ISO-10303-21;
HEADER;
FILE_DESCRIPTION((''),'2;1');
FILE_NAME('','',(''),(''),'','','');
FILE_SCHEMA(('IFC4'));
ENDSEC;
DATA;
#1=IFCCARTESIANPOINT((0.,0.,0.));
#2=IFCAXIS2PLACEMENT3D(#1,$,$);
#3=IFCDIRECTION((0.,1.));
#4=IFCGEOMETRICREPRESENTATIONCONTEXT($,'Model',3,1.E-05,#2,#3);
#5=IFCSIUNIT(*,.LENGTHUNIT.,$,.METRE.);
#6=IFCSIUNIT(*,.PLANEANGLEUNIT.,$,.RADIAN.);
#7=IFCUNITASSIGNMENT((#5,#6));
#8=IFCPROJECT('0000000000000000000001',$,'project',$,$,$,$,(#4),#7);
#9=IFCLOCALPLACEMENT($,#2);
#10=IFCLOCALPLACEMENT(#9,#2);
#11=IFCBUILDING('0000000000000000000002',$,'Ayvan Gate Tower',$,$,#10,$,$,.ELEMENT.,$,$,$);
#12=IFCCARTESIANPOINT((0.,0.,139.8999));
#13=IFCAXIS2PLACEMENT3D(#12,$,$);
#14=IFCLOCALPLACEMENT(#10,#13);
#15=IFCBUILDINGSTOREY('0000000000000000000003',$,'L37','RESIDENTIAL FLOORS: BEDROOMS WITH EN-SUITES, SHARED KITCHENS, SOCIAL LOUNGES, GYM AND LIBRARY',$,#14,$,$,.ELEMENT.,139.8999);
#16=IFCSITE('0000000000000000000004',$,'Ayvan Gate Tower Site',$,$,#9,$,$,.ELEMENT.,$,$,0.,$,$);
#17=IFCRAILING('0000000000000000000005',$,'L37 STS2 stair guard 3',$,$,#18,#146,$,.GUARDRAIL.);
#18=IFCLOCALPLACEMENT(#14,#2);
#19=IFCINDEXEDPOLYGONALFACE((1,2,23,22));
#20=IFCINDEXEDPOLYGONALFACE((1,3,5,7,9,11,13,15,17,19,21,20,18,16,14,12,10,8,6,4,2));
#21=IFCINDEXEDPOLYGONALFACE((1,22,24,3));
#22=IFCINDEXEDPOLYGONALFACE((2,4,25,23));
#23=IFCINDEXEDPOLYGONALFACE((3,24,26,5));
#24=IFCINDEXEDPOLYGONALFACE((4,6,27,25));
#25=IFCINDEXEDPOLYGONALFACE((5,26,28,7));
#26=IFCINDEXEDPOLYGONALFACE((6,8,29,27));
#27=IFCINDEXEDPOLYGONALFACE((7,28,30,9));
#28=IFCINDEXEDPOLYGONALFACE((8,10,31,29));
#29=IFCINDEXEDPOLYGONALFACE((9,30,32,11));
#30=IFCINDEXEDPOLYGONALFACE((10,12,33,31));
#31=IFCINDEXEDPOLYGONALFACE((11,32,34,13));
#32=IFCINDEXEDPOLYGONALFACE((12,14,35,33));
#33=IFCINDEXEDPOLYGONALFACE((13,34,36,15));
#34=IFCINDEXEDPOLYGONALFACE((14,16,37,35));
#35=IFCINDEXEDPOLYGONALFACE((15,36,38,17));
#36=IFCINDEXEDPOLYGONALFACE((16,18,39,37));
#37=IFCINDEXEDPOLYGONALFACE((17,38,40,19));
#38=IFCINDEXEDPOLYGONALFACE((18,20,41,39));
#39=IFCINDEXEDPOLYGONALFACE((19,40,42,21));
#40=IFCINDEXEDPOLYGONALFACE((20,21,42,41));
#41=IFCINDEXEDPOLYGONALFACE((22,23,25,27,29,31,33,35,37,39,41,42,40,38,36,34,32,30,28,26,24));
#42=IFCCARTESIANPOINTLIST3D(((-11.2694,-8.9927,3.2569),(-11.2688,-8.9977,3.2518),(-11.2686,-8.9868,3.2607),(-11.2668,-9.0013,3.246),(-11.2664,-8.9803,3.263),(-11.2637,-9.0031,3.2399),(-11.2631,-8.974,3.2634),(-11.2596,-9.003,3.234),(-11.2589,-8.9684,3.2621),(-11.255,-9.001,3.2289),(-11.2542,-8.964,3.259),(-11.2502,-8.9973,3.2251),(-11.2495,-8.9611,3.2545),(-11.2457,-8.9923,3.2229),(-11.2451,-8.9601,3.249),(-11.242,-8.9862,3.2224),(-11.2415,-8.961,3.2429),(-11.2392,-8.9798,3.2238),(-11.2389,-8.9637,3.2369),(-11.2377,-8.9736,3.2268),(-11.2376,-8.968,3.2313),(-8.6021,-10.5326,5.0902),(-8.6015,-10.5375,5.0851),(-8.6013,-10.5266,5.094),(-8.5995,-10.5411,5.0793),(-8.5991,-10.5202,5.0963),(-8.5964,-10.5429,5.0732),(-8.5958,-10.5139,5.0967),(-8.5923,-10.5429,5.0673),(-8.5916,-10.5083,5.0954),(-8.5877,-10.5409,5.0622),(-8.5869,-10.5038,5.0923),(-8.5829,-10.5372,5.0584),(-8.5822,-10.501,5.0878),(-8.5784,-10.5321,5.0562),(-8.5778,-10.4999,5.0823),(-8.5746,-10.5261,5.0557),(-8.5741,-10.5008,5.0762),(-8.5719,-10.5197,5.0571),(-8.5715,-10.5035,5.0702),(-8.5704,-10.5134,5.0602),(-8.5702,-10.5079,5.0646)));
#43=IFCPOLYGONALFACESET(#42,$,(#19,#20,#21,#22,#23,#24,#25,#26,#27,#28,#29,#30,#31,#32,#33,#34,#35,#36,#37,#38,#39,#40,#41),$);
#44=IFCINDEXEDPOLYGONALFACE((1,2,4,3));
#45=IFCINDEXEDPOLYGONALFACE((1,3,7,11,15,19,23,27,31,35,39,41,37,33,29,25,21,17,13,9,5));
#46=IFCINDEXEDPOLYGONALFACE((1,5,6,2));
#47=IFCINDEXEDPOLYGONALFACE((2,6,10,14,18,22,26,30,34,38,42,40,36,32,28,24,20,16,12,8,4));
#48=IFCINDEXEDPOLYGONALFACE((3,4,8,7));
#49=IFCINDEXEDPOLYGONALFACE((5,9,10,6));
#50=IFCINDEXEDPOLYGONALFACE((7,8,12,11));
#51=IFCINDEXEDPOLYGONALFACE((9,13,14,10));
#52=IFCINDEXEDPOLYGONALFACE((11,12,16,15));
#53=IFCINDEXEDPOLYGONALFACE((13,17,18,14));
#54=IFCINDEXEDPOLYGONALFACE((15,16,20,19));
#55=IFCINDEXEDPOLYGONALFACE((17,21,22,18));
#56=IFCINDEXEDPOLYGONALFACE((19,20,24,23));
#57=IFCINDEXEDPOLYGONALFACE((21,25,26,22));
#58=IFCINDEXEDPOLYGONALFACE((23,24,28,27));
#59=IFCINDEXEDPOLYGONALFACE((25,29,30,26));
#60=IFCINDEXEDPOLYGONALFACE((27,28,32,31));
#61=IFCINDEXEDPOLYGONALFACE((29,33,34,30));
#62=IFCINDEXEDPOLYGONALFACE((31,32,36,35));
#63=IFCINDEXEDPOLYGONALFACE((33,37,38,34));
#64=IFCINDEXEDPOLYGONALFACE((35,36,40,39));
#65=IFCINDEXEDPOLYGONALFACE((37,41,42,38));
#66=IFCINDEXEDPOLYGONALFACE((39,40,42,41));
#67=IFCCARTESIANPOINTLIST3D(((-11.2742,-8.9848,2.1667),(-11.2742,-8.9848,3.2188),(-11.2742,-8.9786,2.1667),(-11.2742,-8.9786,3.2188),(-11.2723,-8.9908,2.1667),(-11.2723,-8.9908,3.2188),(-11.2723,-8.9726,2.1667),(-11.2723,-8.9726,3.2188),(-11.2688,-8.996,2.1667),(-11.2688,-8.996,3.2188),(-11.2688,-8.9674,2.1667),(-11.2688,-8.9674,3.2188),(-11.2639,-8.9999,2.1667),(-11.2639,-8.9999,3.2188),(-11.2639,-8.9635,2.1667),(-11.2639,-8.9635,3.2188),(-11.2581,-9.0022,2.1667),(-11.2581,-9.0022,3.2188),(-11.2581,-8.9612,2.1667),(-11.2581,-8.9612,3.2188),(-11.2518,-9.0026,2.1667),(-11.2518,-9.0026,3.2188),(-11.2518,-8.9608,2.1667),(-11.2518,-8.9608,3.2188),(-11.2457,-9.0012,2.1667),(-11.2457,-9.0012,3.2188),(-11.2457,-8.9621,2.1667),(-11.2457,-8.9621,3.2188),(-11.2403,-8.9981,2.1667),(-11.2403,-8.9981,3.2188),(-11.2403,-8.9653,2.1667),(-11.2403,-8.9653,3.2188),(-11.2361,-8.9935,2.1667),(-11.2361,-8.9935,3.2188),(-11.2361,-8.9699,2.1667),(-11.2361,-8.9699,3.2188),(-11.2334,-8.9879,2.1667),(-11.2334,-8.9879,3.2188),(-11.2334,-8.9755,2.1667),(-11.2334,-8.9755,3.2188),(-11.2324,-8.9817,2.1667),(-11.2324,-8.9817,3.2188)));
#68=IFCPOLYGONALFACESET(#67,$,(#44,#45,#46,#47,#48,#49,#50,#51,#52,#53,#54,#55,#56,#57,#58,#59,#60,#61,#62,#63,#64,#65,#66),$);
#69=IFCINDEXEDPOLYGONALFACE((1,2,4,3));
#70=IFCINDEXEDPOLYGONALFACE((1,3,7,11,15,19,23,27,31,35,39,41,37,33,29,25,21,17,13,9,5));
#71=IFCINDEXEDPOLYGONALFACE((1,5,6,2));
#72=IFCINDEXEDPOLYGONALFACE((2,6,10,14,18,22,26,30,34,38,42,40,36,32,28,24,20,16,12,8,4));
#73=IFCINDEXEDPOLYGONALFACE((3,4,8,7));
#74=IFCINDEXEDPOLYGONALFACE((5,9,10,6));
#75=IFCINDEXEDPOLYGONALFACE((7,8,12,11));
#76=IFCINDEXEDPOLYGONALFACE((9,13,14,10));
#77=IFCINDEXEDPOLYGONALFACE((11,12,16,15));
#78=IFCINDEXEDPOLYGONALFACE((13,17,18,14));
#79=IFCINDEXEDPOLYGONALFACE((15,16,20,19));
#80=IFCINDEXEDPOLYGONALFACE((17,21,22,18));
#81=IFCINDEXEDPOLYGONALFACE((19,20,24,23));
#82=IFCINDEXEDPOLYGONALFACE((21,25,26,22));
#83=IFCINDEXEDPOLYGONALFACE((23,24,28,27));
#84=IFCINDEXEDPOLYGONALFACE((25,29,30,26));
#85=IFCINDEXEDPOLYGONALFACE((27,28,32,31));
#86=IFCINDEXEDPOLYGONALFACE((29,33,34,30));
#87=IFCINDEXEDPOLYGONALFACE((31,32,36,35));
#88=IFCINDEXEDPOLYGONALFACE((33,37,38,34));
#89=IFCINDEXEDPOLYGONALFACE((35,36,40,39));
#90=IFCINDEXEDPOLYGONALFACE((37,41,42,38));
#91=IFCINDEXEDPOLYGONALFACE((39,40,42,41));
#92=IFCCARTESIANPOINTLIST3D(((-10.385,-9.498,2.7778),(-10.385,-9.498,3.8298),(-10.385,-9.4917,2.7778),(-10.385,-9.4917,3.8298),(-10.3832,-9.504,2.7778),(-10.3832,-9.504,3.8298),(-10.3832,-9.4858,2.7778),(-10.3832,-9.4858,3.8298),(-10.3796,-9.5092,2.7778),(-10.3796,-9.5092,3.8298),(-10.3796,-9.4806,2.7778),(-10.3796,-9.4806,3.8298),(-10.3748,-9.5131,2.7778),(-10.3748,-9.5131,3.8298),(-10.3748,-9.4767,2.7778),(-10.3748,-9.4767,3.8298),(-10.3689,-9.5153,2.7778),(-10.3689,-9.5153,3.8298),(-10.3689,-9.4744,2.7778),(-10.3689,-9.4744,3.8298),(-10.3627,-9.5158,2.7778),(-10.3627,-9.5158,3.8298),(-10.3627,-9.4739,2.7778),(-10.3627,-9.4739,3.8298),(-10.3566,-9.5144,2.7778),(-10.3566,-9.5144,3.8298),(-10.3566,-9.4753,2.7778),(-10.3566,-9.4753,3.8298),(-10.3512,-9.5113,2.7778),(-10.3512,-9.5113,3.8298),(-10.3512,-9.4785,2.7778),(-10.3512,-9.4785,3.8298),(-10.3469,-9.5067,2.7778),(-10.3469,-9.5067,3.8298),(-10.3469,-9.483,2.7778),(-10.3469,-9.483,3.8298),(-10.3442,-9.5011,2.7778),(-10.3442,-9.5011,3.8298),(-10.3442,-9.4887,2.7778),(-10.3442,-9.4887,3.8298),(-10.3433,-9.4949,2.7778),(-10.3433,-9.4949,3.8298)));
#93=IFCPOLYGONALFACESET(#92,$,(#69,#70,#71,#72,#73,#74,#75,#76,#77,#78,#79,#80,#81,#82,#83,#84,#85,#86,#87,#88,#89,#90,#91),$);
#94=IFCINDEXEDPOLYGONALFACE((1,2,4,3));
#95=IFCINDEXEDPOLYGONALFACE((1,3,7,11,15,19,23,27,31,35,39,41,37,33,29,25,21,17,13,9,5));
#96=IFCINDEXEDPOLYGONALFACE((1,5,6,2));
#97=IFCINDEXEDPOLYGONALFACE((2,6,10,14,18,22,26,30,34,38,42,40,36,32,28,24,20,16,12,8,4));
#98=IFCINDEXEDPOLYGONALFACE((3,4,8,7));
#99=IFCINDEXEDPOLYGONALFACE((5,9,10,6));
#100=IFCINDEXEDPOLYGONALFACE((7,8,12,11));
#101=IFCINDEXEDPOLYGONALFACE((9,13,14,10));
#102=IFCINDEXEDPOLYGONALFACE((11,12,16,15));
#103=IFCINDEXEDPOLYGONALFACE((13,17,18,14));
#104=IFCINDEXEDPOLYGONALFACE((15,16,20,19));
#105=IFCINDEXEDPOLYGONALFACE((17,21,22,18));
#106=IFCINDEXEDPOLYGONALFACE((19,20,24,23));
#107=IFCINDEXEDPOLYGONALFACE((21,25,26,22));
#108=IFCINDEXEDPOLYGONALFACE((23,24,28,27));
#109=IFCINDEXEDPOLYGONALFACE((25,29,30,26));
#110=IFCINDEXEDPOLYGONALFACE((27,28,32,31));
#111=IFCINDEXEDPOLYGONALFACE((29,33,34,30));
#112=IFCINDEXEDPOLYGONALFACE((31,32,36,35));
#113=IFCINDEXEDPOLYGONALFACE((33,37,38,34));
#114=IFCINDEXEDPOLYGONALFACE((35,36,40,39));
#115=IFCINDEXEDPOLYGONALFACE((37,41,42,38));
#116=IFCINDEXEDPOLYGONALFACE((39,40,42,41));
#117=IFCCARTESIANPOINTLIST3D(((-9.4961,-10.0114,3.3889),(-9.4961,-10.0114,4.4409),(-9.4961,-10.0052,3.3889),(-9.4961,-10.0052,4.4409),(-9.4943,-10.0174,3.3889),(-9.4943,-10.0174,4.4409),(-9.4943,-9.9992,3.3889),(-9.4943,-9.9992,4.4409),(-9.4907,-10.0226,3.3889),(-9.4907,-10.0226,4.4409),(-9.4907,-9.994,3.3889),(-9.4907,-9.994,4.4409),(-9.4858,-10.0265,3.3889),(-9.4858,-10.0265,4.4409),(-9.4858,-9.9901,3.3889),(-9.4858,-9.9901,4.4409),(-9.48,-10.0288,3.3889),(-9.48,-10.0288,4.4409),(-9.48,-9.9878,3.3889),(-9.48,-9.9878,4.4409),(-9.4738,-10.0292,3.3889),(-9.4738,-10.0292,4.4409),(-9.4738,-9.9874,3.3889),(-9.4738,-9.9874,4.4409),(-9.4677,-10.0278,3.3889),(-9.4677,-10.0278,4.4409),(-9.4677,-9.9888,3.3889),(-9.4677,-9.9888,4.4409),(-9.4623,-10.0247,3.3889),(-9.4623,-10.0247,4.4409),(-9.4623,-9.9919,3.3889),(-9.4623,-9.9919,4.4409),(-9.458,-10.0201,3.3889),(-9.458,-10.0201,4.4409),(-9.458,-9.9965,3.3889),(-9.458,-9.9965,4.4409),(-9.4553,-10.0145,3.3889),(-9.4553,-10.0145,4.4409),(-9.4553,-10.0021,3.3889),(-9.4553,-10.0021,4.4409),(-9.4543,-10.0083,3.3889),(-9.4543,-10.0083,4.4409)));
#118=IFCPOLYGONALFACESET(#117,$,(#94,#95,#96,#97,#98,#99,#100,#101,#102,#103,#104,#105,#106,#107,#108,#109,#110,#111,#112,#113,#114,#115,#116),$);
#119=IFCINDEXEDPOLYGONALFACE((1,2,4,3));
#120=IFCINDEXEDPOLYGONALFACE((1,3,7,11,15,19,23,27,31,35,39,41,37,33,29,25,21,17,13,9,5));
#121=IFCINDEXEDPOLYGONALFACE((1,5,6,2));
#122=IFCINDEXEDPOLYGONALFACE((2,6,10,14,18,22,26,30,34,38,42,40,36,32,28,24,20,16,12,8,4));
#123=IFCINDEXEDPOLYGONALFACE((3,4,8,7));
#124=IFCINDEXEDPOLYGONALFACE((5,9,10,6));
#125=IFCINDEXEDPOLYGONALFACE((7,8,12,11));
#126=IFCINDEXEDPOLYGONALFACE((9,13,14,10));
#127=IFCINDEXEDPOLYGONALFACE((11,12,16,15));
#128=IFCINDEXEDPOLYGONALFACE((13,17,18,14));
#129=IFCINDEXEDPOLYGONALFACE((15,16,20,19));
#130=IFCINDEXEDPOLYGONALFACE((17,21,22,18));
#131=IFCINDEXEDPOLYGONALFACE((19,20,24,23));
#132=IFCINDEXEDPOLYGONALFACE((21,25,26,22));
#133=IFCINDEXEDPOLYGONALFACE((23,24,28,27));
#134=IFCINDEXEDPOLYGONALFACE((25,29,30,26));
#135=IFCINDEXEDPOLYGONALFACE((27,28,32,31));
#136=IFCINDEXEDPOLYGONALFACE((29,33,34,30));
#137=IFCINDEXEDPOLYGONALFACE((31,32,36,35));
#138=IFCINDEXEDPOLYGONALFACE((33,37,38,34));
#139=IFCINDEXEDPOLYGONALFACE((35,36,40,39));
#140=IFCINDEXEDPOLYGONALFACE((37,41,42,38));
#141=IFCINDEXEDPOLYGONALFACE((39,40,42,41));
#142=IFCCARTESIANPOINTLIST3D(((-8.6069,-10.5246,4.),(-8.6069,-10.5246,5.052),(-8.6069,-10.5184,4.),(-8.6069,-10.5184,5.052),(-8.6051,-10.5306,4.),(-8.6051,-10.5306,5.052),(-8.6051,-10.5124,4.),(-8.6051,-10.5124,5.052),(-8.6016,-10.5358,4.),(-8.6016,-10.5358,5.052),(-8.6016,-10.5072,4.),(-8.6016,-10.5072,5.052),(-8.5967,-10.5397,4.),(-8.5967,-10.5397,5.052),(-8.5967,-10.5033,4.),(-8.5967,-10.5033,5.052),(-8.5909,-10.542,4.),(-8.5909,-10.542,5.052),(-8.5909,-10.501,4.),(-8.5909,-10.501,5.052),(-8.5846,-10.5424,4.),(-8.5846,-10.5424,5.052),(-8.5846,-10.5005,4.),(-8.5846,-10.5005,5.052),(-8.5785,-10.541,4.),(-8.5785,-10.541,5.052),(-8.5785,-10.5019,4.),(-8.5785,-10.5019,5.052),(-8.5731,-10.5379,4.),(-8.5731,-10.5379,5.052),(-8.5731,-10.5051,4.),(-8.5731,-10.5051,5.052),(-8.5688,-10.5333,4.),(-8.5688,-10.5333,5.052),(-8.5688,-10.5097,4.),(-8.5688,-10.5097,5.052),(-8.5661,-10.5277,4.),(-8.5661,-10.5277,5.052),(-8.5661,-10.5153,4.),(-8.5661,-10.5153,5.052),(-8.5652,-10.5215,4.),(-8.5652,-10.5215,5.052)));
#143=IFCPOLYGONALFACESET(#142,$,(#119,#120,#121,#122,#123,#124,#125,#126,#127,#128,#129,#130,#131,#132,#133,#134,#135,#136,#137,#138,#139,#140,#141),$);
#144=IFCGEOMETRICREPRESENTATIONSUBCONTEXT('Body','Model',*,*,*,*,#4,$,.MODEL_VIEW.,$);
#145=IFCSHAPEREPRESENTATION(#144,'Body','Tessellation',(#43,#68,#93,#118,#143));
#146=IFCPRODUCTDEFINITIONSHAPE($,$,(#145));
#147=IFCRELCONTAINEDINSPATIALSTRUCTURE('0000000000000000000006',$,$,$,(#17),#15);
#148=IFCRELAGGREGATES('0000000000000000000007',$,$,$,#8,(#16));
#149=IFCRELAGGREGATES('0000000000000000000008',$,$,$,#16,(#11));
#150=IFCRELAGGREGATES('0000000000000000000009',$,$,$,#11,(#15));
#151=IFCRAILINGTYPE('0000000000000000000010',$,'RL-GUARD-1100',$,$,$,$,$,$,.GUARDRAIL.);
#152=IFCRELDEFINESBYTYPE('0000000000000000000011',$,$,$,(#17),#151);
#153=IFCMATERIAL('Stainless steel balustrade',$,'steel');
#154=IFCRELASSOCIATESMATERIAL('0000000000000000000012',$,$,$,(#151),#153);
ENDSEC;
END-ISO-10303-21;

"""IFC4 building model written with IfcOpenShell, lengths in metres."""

from ifc_helpers import new_model, si_unit, direction, frame, origin, origin_2d, place, context, subcontext, project, spatial, circle, extrude, material, type_object, element, save


model = new_model("IFC4")

# Units and contexts
model_context = context("Model", 3, precision=1e-05, world=origin(), true_north=direction((0.0, 1.0)))
body_context = subcontext(model_context, "Body", "Model", "MODEL_VIEW")
ifc_project = project(units=[si_unit("LENGTHUNIT", "METRE"), si_unit("PLANEANGLEUNIT", "RADIAN")], contexts=[model_context])

# Site, building, storey
site_placement = place(None, origin())
site = spatial("IfcSite", under=ifc_project, at=site_placement, Name="Ayvan Gate Tower Site", CompositionType="ELEMENT", RefElevation=0.0)
building_placement = place(site_placement, origin())
building = spatial("IfcBuilding", under=site, at=building_placement, Name="Ayvan Gate Tower", CompositionType="ELEMENT")
storey_placement = place(building_placement, frame((0.0, 0.0, 139.8999)))
storey = spatial("IfcBuildingStorey", under=building, at=storey_placement, Name="L37", Description="RESIDENTIAL FLOORS: BEDROOMS WITH EN-SUITES, SHARED KITCHENS, SOCIAL LOUNGES, GYM AND LIBRARY", CompositionType="ELEMENT", Elevation=139.8999)

# Railing
ifc_material_1 = material(Name="Stainless steel balustrade", Category="steel")
railing_type_1 = type_object("IfcRailingType", Name="RL-GUARD-1100", PredefinedType="GUARDRAIL", material=ifc_material_1)
railing_1_placement = place(storey_placement, frame((-11.2534, -8.9817, 2.1667)))
element("IfcRailing", 1, at=railing_1_placement, inside=storey, type_object=railing_type_1, Name="L37 STS2 stair guard 3", PredefinedType="GUARDRAIL", context=body_context, shape_type="SweptSolid", body=[
    extrude(circle(Radius=0.0239, at=origin_2d()), frame((0.0, 0.0, 1.0762), z_axis=(0.744181, -0.429616, 0.511493), x_axis=(0.499967, 0.866044, 0.0)), (0.0, 0.0, 1.0), 3.5842),
    extrude(circle(Radius=0.021, at=origin_2d()), origin(), (0.0, 0.0, 1.0), 1.052),
    extrude(circle(Radius=0.021, at=origin_2d()), frame((0.8892, -0.5132, 0.6111)), (0.0, 0.0, 1.0), 1.052),
    extrude(circle(Radius=0.021, at=origin_2d()), frame((1.7781, -1.0266, 1.2222)), (0.0, 0.0, 1.0), 1.052),
    extrude(circle(Radius=0.021, at=origin_2d()), frame((2.6672, -1.5398, 1.8333)), (0.0, 0.0, 1.0), 1.052),
])

save(model, "model.ifc")
